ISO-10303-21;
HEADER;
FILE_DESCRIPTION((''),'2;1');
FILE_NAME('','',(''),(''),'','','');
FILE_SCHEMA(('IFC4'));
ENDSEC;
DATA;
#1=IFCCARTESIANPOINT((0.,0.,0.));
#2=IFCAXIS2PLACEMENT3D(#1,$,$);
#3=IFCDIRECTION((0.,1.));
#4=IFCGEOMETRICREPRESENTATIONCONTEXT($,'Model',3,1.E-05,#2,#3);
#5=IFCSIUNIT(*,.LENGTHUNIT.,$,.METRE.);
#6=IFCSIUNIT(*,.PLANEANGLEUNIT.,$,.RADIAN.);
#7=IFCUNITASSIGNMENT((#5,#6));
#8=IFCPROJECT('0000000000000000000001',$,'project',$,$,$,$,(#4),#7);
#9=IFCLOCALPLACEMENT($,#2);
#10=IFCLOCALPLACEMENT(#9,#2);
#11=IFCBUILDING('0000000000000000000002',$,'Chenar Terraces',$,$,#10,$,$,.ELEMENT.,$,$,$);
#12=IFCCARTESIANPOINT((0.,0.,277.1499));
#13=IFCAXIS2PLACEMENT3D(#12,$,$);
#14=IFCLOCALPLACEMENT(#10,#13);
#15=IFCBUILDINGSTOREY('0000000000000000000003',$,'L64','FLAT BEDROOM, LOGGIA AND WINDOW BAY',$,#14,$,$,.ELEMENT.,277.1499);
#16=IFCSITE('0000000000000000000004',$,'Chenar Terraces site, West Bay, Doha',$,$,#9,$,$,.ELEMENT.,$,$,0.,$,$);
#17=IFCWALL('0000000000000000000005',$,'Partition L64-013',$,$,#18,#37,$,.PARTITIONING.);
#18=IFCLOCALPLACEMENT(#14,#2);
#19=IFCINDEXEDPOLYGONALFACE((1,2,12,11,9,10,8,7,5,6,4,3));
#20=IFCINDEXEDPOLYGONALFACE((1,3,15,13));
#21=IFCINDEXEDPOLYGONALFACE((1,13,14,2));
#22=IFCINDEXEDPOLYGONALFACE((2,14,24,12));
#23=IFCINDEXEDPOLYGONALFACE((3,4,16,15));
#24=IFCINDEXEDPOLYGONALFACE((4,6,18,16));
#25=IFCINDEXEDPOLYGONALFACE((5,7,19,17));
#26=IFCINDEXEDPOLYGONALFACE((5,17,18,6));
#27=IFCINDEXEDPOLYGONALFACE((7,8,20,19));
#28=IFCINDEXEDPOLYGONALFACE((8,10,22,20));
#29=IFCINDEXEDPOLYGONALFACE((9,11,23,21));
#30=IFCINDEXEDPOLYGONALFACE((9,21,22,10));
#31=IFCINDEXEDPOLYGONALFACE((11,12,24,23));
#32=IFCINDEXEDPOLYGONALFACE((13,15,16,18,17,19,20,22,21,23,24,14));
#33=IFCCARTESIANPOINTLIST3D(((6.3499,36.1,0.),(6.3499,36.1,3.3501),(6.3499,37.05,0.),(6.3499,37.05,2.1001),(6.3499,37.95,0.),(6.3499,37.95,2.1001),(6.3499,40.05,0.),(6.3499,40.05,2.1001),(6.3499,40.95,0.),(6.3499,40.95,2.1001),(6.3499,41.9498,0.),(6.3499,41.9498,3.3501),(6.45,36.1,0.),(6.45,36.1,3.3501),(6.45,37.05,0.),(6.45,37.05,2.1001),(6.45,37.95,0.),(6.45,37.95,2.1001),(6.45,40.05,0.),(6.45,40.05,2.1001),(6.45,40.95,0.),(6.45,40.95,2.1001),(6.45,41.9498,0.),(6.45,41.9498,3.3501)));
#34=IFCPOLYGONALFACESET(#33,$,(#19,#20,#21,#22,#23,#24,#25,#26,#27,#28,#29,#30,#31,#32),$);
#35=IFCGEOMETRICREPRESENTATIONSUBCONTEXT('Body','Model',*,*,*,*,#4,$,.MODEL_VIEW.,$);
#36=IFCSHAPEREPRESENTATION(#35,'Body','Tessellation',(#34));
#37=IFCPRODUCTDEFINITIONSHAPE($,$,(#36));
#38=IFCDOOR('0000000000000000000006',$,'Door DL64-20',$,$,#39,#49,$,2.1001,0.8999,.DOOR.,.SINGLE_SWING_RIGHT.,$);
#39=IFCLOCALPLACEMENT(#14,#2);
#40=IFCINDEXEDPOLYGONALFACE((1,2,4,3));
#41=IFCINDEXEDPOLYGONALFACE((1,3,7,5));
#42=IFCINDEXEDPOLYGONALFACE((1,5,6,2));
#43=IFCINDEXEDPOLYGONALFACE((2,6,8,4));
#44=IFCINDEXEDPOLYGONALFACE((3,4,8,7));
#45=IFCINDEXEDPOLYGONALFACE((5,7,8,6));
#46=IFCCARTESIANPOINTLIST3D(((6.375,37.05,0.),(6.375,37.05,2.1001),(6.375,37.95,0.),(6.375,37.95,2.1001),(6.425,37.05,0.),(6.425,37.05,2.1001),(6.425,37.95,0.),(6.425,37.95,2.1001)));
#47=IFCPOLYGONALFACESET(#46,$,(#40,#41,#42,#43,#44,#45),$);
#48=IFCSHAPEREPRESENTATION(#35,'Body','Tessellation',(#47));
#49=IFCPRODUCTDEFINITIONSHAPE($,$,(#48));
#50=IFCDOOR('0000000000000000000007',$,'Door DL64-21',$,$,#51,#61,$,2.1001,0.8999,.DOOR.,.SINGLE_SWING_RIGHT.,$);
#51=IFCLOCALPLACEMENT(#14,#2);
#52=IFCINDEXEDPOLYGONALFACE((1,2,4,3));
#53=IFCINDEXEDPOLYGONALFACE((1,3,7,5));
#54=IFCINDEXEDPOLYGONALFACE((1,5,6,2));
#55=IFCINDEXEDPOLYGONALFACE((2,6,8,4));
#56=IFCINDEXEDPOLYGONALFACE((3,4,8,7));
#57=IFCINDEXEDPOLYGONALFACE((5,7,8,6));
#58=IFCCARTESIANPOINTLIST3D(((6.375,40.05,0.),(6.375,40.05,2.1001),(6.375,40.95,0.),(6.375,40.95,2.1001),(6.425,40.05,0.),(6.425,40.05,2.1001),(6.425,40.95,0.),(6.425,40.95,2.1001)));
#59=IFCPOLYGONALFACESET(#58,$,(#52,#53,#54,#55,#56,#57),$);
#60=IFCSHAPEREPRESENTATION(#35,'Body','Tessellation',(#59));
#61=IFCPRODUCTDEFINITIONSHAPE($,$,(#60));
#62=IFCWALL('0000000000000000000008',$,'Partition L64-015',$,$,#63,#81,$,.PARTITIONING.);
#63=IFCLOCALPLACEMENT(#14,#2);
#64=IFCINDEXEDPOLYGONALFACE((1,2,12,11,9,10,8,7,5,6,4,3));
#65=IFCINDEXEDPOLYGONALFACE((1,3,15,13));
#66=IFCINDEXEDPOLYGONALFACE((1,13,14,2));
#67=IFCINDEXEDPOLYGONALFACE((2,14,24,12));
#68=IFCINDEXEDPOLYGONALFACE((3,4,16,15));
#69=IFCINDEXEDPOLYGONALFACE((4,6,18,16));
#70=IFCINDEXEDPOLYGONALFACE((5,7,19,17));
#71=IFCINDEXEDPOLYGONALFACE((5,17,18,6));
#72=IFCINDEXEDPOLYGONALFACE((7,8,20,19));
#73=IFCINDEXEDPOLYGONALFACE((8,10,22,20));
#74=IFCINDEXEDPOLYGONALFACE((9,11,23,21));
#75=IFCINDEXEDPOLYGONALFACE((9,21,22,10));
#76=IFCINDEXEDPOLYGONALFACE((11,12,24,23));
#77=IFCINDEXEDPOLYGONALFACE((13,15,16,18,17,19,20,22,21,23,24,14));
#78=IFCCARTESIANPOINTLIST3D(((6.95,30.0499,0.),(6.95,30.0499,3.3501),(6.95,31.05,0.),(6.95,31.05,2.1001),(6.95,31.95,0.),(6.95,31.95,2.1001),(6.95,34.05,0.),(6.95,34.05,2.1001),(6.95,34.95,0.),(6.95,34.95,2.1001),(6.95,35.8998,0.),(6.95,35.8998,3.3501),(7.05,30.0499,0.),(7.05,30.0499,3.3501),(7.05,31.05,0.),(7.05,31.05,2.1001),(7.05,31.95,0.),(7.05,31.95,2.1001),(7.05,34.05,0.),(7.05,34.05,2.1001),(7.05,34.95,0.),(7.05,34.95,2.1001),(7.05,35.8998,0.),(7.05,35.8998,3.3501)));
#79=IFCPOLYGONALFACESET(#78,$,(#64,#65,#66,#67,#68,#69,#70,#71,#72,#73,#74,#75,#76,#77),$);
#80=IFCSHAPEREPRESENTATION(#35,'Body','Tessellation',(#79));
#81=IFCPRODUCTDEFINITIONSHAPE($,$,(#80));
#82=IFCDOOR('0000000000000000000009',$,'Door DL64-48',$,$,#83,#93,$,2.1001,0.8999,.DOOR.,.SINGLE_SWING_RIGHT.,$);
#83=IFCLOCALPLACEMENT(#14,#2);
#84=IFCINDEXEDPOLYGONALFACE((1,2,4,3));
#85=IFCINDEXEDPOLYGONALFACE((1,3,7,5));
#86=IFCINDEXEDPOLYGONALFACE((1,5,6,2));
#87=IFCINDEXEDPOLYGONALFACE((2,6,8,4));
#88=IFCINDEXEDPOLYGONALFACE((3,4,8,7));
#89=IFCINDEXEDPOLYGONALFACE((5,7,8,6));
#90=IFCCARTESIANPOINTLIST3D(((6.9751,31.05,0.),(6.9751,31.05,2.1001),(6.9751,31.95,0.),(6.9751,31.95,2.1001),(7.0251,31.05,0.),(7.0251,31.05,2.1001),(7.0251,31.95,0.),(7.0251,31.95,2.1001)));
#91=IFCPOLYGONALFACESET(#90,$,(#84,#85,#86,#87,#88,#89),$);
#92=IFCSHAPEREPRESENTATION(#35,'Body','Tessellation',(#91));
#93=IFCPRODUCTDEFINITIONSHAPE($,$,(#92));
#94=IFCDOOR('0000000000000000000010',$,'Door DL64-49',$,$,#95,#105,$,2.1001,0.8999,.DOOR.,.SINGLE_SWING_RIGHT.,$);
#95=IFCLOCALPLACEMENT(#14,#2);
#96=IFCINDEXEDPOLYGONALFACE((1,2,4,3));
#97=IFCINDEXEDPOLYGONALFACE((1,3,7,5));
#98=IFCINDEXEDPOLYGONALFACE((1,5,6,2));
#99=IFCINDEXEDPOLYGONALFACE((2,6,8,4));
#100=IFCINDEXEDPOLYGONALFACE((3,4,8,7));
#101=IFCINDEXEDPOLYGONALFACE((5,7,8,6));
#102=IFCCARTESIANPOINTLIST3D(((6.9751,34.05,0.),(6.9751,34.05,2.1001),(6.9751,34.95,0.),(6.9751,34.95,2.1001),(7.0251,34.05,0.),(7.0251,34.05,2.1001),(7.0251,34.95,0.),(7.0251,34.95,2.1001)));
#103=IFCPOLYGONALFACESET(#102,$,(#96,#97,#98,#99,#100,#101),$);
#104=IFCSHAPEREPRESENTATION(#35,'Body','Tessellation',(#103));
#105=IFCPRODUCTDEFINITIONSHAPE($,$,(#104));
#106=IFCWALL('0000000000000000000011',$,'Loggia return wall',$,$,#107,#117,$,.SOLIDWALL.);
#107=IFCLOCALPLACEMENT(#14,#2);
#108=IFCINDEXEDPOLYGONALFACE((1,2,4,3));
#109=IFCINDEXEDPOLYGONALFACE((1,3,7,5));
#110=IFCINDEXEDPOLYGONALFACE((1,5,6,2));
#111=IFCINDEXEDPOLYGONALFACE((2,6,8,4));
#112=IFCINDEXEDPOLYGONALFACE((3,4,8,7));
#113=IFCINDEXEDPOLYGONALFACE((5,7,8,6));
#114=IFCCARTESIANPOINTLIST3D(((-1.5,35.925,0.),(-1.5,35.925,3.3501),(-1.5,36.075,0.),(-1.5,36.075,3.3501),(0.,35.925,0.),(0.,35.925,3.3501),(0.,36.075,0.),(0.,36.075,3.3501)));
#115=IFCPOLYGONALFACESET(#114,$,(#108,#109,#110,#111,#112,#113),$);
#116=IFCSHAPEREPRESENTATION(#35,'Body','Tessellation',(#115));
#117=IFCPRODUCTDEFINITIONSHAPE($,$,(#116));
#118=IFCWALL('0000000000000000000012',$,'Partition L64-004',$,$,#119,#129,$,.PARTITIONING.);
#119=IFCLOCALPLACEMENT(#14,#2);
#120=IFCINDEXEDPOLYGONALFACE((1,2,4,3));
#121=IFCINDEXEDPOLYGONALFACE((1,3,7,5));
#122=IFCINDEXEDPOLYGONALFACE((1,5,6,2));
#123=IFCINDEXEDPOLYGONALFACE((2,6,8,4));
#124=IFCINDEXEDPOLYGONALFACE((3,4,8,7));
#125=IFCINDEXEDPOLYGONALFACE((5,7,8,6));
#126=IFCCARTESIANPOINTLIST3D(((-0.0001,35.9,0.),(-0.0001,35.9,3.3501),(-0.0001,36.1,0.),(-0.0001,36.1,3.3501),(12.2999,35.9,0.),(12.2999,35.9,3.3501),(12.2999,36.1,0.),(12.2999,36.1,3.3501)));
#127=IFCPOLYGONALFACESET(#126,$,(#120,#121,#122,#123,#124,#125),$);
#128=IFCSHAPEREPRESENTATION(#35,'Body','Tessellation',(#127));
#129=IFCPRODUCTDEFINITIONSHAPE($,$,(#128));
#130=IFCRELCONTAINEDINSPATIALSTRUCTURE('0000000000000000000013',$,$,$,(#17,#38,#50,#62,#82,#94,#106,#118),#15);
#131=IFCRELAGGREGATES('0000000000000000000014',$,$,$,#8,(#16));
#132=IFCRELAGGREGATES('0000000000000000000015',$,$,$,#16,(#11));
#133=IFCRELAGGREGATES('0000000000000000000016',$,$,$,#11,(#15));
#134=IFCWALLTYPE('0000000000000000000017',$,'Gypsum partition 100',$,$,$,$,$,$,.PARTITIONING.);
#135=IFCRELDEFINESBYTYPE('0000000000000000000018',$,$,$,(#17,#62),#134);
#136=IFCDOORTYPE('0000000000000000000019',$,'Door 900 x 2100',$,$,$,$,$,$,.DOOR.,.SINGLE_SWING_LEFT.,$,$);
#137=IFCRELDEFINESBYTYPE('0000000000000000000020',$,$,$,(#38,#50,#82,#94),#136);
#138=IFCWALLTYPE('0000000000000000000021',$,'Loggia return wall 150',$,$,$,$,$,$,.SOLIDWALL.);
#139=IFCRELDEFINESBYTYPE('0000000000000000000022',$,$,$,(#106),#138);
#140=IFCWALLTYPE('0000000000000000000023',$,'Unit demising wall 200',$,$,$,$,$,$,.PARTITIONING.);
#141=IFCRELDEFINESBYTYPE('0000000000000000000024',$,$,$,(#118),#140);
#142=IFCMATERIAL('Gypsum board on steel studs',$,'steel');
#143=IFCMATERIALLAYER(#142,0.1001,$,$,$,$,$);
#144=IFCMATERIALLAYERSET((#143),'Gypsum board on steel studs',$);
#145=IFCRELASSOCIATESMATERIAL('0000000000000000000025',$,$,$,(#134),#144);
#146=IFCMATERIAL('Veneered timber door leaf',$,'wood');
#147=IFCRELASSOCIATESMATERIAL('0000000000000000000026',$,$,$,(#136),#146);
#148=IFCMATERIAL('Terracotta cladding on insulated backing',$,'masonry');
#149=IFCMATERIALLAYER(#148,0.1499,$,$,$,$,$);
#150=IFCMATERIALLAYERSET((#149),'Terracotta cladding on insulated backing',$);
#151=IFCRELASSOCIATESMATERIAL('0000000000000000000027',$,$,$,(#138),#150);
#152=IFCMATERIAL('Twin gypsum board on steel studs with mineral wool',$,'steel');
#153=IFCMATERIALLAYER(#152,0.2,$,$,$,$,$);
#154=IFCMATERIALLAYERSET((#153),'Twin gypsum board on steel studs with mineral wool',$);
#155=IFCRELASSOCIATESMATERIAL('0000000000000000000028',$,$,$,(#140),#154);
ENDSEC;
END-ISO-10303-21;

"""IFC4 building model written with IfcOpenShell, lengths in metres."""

from ifc_helpers import new_model, si_unit, direction, frame, frame_2d, origin, place, context, subcontext, project, spatial, rectangle, extrude, material, layer, layer_set, type_object, element, fill, save


model = new_model("IFC4")

# Units and contexts
model_context = context("Model", 3, precision=1e-05, world=origin(), true_north=direction((0.0, 1.0)))
body_context = subcontext(model_context, "Body", "Model", "MODEL_VIEW")
ifc_project = project(units=[si_unit("LENGTHUNIT", "METRE"), si_unit("PLANEANGLEUNIT", "RADIAN")], contexts=[model_context])

# Site, building, storey
site_placement = place(None, origin())
site = spatial("IfcSite", under=ifc_project, at=site_placement, Name="Chenar Terraces site, West Bay, Doha", CompositionType="ELEMENT", RefElevation=0.0)
building_placement = place(site_placement, origin())
building = spatial("IfcBuilding", under=site, at=building_placement, Name="Chenar Terraces", CompositionType="ELEMENT")
storey_placement = place(building_placement, frame((0.0, 0.0, 277.1499)))
storey = spatial("IfcBuildingStorey", under=building, at=storey_placement, Name="L64", Description="FLAT BEDROOM, LOGGIA AND WINDOW BAY", CompositionType="ELEMENT", Elevation=277.1499)

# Shared definitions
placement = place(storey_placement, frame((0.0, 36.0, 0.0), z_axis=(0.0, 0.0, 1.0), x_axis=(1.0, 0.0, 0.0)))

# Shared definitions
ifc_material_1 = material(Name="Gypsum board on steel studs", Category="steel")
ifc_layer_1 = layer(ifc_material_1, 0.1001)
ifc_layer_set_1 = layer_set([ifc_layer_1], Name="Gypsum board on steel studs")
wall_type_1 = type_object("IfcWallType", Name="Gypsum partition 100", PredefinedType="PARTITIONING", material=ifc_layer_set_1)

# Walls, openings, doors
wall_1_placement = place(storey_placement, frame((6.3999, 36.1001, 0.0), z_axis=(0.0, 0.0, 1.0), x_axis=(0.0, 1.0, 0.0)))
wall_1 = element("IfcWall", 1, at=wall_1_placement, inside=storey, type_object=wall_type_1, Name="Partition L64-013", PredefinedType="PARTITIONING", context=body_context, shape_type="SweptSolid", body=[
    extrude(rectangle(XDim=5.8499, YDim=0.1001, at=frame_2d((2.9248, 0.0))), origin(), (0.0, 0.0, 1.0), 3.3501),
])
opening_1_placement = place(wall_1_placement, frame((0.95, 0.0, 0.0)))
opening_1 = element("IfcOpeningElement", 2, at=opening_1_placement, cuts=wall_1, PredefinedType="OPENING", context=body_context, shape_type="SweptSolid", body=[
    extrude(rectangle(XDim=0.8999, YDim=2.1001, at=frame_2d((0.45, 1.05))), frame((0.0, 0.0601, 0.0), z_axis=(0.0, -1.0, 0.0), x_axis=(1.0, 0.0, 0.0)), (0.0, 0.0, 1.0), 0.1201),
])
opening_2_placement = place(wall_1_placement, frame((3.95, 0.0, 0.0)))
opening_2 = element("IfcOpeningElement", 3, at=opening_2_placement, cuts=wall_1, PredefinedType="OPENING", context=body_context, shape_type="SweptSolid", body=[
    extrude(rectangle(XDim=0.8999, YDim=2.1001, at=frame_2d((0.45, 1.05))), frame((0.0, 0.0601, 0.0), z_axis=(0.0, -1.0, 0.0), x_axis=(1.0, 0.0, 0.0)), (0.0, 0.0, 1.0), 0.1201),
])
ifc_material_2 = material(Name="Veneered timber door leaf", Category="wood")
door_type_1 = type_object("IfcDoorType", Name="Door 900 x 2100", OperationType="SINGLE_SWING_LEFT", PredefinedType="DOOR", material=ifc_material_2)
door_1_placement = place(opening_1_placement, origin())
door_1 = element("IfcDoor", 4, at=door_1_placement, inside=storey, type_object=door_type_1, Name="Door DL64-20", OperationType="SINGLE_SWING_RIGHT", OverallHeight=2.1001, OverallWidth=0.8999, PredefinedType="DOOR", context=body_context, shape_type="SweptSolid", body=[
    extrude(rectangle(XDim=0.8999, YDim=2.1001, at=frame_2d((0.45, 1.05))), frame((0.0, 0.0249, 0.0), z_axis=(0.0, -1.0, 0.0), x_axis=(1.0, 0.0, 0.0)), (0.0, 0.0, 1.0), 0.05),
])
fill(opening_1, door_1)
door_2_placement = place(opening_2_placement, origin())
door_2 = element("IfcDoor", 5, at=door_2_placement, inside=storey, type_object=door_type_1, Name="Door DL64-21", OperationType="SINGLE_SWING_RIGHT", OverallHeight=2.1001, OverallWidth=0.8999, PredefinedType="DOOR", context=body_context, shape_type="SweptSolid", body=[
    extrude(rectangle(XDim=0.8999, YDim=2.1001, at=frame_2d((0.45, 1.05))), frame((0.0, 0.0249, 0.0), z_axis=(0.0, -1.0, 0.0), x_axis=(1.0, 0.0, 0.0)), (0.0, 0.0, 1.0), 0.05),
])
fill(opening_2, door_2)
wall_2_placement = place(storey_placement, frame((7.0, 30.05, 0.0), z_axis=(0.0, 0.0, 1.0), x_axis=(0.0, 1.0, 0.0)))
wall_2 = element("IfcWall", 6, at=wall_2_placement, inside=storey, type_object=wall_type_1, Name="Partition L64-015", PredefinedType="PARTITIONING", context=body_context, shape_type="SweptSolid", body=[
    extrude(rectangle(XDim=5.8499, YDim=0.1001, at=frame_2d((2.9248, 0.0))), origin(), (0.0, 0.0, 1.0), 3.3501),
])
opening_3_placement = place(wall_2_placement, frame((1.0, 0.0, 0.0)))
opening_3 = element("IfcOpeningElement", 7, at=opening_3_placement, cuts=wall_2, PredefinedType="OPENING", context=body_context, shape_type="SweptSolid", body=[
    extrude(rectangle(XDim=0.8999, YDim=2.1001, at=frame_2d((0.45, 1.05))), frame((0.0, 0.0601, 0.0), z_axis=(0.0, -1.0, 0.0), x_axis=(1.0, 0.0, 0.0)), (0.0, 0.0, 1.0), 0.1201),
])
opening_4_placement = place(wall_2_placement, frame((4.0, 0.0, 0.0)))
opening_4 = element("IfcOpeningElement", 8, at=opening_4_placement, cuts=wall_2, PredefinedType="OPENING", context=body_context, shape_type="SweptSolid", body=[
    extrude(rectangle(XDim=0.8999, YDim=2.1001, at=frame_2d((0.45, 1.05))), frame((0.0, 0.0601, 0.0), z_axis=(0.0, -1.0, 0.0), x_axis=(1.0, 0.0, 0.0)), (0.0, 0.0, 1.0), 0.1201),
])
door_3_placement = place(opening_3_placement, origin())
door_3 = element("IfcDoor", 9, at=door_3_placement, inside=storey, type_object=door_type_1, Name="Door DL64-48", OperationType="SINGLE_SWING_RIGHT", OverallHeight=2.1001, OverallWidth=0.8999, PredefinedType="DOOR", context=body_context, shape_type="SweptSolid", body=[
    extrude(rectangle(XDim=0.8999, YDim=2.1001, at=frame_2d((0.45, 1.05))), frame((0.0, 0.0249, 0.0), z_axis=(0.0, -1.0, 0.0), x_axis=(1.0, 0.0, 0.0)), (0.0, 0.0, 1.0), 0.05),
])
fill(opening_3, door_3)
door_4_placement = place(opening_4_placement, origin())
door_4 = element("IfcDoor", 10, at=door_4_placement, inside=storey, type_object=door_type_1, Name="Door DL64-49", OperationType="SINGLE_SWING_RIGHT", OverallHeight=2.1001, OverallWidth=0.8999, PredefinedType="DOOR", context=body_context, shape_type="SweptSolid", body=[
    extrude(rectangle(XDim=0.8999, YDim=2.1001, at=frame_2d((0.45, 1.05))), frame((0.0, 0.0249, 0.0), z_axis=(0.0, -1.0, 0.0), x_axis=(1.0, 0.0, 0.0)), (0.0, 0.0, 1.0), 0.05),
])
fill(opening_4, door_4)

# Walls
ifc_material_3 = material(Name="Terracotta cladding on insulated backing", Category="masonry")
ifc_layer_2 = layer(ifc_material_3, 0.1499)
ifc_layer_set_2 = layer_set([ifc_layer_2], Name="Terracotta cladding on insulated backing")
wall_type_2 = type_object("IfcWallType", Name="Loggia return wall 150", PredefinedType="SOLIDWALL", material=ifc_layer_set_2)
wall_3_placement = place(storey_placement, frame((-1.5, 36.0, 0.0), z_axis=(0.0, 0.0, 1.0), x_axis=(1.0, 0.0, 0.0)))
element("IfcWall", 11, at=wall_3_placement, inside=storey, type_object=wall_type_2, Name="Loggia return wall", PredefinedType="SOLIDWALL", context=body_context, shape_type="SweptSolid", body=[
    extrude(rectangle(XDim=1.5, YDim=0.1499, at=frame_2d((0.75, 0.0))), origin(), (0.0, 0.0, 1.0), 3.3501),
])
ifc_material_4 = material(Name="Twin gypsum board on steel studs with mineral wool", Category="steel")
ifc_layer_3 = layer(ifc_material_4, 0.2)
ifc_layer_set_3 = layer_set([ifc_layer_3], Name="Twin gypsum board on steel studs with mineral wool")
wall_type_3 = type_object("IfcWallType", Name="Unit demising wall 200", PredefinedType="PARTITIONING", material=ifc_layer_set_3)
element("IfcWall", 12, at=placement, inside=storey, type_object=wall_type_3, Name="Partition L64-004", PredefinedType="PARTITIONING", context=body_context, shape_type="SweptSolid", body=[
    extrude(rectangle(XDim=12.3, YDim=0.2, at=frame_2d((6.1499, 0.0))), origin(), (0.0, 0.0, 1.0), 3.3501),
])

save(model, "model.ifc")
